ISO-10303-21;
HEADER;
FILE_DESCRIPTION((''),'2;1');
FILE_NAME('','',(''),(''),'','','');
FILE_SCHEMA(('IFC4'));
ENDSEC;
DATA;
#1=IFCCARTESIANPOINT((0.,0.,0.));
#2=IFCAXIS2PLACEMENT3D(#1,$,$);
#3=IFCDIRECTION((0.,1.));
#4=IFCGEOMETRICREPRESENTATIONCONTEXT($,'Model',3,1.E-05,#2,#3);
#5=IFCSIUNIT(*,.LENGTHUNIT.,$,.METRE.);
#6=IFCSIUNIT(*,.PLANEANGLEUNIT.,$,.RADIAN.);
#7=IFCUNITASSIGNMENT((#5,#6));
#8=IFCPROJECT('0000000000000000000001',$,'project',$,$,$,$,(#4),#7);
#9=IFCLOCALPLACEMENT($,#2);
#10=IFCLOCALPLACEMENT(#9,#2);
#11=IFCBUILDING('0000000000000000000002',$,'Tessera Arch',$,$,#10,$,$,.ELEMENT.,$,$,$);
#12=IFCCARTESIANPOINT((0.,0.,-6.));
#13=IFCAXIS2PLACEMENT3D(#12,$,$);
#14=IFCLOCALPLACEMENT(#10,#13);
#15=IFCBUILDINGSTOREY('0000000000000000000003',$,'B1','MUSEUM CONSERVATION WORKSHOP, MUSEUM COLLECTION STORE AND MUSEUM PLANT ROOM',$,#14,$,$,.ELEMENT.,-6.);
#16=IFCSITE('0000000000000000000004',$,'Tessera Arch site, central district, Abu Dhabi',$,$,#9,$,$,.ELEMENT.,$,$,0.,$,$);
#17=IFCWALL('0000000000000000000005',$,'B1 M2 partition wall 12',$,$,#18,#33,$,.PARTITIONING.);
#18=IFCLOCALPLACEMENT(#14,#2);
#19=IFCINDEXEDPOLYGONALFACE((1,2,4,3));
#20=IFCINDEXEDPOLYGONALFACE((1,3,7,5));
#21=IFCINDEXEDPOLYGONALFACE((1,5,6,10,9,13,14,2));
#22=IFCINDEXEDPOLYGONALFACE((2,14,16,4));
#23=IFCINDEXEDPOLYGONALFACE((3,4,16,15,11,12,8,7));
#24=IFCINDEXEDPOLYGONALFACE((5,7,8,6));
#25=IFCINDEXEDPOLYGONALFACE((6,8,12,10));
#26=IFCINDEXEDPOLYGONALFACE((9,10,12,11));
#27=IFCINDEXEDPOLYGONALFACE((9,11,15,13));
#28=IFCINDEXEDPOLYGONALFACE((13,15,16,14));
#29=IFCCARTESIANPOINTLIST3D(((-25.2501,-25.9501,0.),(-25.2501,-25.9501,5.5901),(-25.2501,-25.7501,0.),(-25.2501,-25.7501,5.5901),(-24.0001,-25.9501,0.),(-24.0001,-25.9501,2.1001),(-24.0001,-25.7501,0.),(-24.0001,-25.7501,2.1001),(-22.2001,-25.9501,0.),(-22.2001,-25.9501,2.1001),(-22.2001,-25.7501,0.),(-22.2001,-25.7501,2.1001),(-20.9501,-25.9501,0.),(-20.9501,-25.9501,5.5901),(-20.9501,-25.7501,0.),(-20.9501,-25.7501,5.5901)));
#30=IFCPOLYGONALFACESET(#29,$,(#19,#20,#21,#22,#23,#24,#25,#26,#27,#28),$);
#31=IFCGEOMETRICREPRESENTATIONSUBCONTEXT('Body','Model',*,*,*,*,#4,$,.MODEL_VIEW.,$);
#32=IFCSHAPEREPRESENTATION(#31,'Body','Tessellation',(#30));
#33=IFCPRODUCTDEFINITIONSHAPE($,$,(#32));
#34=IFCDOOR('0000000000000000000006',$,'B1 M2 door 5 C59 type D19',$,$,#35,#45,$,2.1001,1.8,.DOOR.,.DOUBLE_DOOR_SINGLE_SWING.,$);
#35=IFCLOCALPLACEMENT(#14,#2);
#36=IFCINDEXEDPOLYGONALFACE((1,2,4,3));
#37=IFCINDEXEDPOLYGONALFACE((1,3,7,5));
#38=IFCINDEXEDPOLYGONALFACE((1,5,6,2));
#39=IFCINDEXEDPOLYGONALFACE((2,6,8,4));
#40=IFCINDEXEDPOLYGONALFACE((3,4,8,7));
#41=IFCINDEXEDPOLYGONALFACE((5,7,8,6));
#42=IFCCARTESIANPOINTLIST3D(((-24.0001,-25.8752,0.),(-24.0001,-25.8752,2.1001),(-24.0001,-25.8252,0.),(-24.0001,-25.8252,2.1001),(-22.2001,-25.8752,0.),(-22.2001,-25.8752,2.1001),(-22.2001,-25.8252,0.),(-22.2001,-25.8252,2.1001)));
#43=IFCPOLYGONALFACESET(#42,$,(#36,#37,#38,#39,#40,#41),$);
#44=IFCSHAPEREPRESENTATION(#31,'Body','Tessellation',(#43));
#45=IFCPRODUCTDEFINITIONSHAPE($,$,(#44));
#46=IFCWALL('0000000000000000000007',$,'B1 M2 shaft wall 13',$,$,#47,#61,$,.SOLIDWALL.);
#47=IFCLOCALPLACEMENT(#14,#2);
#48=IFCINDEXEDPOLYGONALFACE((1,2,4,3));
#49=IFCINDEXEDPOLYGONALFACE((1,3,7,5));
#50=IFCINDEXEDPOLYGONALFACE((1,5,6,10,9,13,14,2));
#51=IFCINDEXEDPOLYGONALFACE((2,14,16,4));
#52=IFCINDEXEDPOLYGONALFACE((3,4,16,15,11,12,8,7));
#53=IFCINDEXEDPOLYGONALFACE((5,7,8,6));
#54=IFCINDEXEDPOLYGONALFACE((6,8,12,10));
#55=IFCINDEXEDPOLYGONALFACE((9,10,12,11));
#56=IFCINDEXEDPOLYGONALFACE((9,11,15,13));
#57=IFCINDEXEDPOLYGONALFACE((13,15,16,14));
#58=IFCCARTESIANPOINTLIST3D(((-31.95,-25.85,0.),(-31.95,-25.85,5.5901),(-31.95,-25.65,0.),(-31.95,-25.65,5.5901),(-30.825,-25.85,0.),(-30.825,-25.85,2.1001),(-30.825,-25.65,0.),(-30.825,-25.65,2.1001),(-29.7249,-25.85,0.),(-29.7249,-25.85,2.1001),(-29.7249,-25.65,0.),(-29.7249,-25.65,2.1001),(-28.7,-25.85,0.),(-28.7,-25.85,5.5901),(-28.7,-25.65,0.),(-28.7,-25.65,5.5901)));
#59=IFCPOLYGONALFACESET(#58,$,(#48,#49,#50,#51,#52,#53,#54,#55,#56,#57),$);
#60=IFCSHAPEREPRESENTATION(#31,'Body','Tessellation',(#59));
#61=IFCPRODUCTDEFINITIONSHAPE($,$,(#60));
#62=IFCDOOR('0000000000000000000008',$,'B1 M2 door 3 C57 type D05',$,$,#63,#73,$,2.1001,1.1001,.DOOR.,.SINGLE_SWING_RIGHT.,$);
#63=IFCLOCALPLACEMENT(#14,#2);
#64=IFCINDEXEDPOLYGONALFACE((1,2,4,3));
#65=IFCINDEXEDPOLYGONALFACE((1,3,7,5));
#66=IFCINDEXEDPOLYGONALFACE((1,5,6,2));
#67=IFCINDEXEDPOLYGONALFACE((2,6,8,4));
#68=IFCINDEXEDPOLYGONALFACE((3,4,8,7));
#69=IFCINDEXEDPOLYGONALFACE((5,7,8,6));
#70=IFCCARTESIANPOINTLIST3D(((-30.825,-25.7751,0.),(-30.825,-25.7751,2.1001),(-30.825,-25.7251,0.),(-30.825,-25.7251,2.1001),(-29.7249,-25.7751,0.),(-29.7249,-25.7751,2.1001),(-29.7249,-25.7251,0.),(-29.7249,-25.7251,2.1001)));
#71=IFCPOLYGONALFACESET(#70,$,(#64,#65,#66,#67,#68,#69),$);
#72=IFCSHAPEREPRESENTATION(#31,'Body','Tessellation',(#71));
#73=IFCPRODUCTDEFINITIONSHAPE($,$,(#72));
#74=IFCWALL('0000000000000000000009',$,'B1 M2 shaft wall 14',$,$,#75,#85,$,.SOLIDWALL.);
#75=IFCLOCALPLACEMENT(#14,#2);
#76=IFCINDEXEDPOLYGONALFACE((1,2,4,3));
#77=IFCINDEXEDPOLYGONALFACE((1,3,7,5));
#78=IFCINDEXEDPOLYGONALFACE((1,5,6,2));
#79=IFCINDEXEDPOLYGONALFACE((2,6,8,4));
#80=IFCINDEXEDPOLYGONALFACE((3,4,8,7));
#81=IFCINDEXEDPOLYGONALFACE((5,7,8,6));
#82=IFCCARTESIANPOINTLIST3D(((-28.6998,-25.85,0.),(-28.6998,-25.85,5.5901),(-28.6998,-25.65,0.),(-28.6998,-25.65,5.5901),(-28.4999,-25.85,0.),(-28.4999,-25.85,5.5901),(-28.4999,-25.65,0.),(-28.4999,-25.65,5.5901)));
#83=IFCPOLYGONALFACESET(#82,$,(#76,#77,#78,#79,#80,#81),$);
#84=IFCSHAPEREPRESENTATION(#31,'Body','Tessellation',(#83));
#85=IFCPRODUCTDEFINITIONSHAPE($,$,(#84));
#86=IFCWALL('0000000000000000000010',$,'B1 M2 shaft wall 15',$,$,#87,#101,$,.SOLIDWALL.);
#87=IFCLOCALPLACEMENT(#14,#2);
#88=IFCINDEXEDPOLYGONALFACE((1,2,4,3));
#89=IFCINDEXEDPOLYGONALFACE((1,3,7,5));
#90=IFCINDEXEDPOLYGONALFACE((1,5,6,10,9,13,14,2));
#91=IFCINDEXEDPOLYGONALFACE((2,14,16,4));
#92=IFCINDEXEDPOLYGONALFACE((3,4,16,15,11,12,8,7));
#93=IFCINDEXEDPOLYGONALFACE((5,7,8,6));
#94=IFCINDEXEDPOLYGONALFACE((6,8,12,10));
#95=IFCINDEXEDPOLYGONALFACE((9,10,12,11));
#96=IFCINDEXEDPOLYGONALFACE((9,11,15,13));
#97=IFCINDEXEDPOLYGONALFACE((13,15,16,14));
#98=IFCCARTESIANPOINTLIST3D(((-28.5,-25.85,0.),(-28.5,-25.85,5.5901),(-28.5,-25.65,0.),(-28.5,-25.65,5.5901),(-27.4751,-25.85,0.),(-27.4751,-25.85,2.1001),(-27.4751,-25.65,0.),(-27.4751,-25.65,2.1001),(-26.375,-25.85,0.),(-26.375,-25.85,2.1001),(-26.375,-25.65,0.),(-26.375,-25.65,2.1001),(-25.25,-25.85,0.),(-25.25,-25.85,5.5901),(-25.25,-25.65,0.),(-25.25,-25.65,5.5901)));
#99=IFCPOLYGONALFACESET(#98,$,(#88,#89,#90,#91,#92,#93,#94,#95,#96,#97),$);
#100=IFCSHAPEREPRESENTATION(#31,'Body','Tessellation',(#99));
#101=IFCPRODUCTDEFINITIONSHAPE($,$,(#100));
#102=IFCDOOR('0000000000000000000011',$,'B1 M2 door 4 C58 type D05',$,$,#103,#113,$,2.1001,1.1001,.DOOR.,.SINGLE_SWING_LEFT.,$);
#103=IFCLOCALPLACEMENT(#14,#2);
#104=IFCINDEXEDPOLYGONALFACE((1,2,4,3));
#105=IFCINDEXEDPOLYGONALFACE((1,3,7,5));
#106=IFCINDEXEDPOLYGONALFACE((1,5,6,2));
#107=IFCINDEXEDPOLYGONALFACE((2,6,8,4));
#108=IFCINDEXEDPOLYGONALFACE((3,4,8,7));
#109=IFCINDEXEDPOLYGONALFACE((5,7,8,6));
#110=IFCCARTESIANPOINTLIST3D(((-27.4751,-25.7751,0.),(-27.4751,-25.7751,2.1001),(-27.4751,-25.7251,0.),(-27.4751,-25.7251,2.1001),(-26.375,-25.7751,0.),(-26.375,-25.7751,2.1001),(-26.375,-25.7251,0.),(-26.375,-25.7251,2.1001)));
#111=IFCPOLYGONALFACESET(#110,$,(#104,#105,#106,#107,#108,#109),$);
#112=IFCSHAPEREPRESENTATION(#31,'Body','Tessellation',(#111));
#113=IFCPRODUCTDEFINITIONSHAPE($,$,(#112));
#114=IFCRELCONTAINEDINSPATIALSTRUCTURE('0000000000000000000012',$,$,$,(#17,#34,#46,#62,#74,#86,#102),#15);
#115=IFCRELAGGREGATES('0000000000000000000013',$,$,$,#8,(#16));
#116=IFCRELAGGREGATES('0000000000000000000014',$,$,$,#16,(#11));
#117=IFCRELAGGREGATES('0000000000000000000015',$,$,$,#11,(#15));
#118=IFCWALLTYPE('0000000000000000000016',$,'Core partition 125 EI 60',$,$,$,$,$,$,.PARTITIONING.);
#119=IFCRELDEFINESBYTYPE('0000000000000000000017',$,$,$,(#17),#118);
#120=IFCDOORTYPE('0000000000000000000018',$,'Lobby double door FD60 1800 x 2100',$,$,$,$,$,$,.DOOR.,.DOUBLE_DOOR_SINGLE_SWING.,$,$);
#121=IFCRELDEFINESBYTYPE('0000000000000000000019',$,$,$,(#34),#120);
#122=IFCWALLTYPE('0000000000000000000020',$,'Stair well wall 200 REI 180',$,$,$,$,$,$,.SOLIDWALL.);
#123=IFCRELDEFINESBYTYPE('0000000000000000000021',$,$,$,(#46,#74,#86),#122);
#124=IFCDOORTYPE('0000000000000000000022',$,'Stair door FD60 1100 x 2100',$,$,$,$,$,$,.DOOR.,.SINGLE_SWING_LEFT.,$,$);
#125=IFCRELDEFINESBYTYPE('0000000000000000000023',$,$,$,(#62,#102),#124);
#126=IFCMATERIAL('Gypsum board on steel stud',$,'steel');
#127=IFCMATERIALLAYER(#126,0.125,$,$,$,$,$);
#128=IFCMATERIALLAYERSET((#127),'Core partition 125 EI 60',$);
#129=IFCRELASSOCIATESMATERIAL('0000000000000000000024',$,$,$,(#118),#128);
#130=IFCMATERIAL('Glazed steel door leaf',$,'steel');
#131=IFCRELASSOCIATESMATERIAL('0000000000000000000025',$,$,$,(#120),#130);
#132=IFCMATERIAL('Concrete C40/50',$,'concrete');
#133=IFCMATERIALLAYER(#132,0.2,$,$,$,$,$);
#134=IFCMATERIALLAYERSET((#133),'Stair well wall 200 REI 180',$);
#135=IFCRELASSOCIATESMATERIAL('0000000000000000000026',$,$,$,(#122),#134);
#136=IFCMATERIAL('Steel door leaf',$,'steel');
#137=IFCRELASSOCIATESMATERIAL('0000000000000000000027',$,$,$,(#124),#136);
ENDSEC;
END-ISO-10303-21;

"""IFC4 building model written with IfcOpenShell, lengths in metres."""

from ifc_helpers import new_model, si_unit, direction, frame, frame_2d, origin, place, context, subcontext, project, spatial, rectangle, extrude, material, layer, layer_set, type_object, element, fill, save


model = new_model("IFC4")

# Units and contexts
model_context = context("Model", 3, precision=1e-05, world=origin(), true_north=direction((0.0, 1.0)))
body_context = subcontext(model_context, "Body", "Model", "MODEL_VIEW")
ifc_project = project(units=[si_unit("LENGTHUNIT", "METRE"), si_unit("PLANEANGLEUNIT", "RADIAN")], contexts=[model_context])

# Site, building, storey
site_placement = place(None, origin())
site = spatial("IfcSite", under=ifc_project, at=site_placement, Name="Tessera Arch site, central district, Abu Dhabi", CompositionType="ELEMENT", RefElevation=0.0)
building_placement = place(site_placement, origin())
building = spatial("IfcBuilding", under=site, at=building_placement, Name="Tessera Arch", CompositionType="ELEMENT")
storey_placement = place(building_placement, frame((0.0, 0.0, -6.0)))
storey = spatial("IfcBuildingStorey", under=building, at=storey_placement, Name="B1", Description="MUSEUM CONSERVATION WORKSHOP, MUSEUM COLLECTION STORE AND MUSEUM PLANT ROOM", CompositionType="ELEMENT", Elevation=-6.0)

# Walls, openings, doors
ifc_material_1 = material(Name="Gypsum board on steel stud", Category="steel")
ifc_layer_1 = layer(ifc_material_1, 0.125)
ifc_layer_set_1 = layer_set([ifc_layer_1], Name="Core partition 125 EI 60")
wall_type_1 = type_object("IfcWallType", Name="Core partition 125 EI 60", PredefinedType="PARTITIONING", material=ifc_layer_set_1)
wall_1_placement = place(storey_placement, frame((-25.25, -25.8501, 0.0), z_axis=(0.0, 0.0, 1.0), x_axis=(1.0, 0.0, 0.0)))
wall_1 = element("IfcWall", 1, at=wall_1_placement, inside=storey, type_object=wall_type_1, Name="B1 M2 partition wall 12", PredefinedType="PARTITIONING", context=body_context, shape_type="SweptSolid", body=[
    extrude(rectangle(XDim=4.3, YDim=0.2, at=frame_2d((2.1499, 0.0))), origin(), (0.0, 0.0, 1.0), 5.5901),
])
opening_1_placement = place(wall_1_placement, frame((1.25, 0.0, 0.0)))
opening_1 = element("IfcOpeningElement", 2, at=opening_1_placement, cuts=wall_1, PredefinedType="OPENING", context=body_context, shape_type="SweptSolid", body=[
    extrude(rectangle(XDim=1.8, YDim=2.1001, at=frame_2d((0.8999, 1.05))), frame((0.0, 0.1099, 0.0), z_axis=(0.0, -1.0, 0.0), x_axis=(1.0, 0.0, 0.0)), (0.0, 0.0, 1.0), 0.22),
])
ifc_material_2 = material(Name="Glazed steel door leaf", Category="steel")
door_type_1 = type_object("IfcDoorType", Name="Lobby double door FD60 1800 x 2100", OperationType="DOUBLE_DOOR_SINGLE_SWING", PredefinedType="DOOR", material=ifc_material_2)
door_1_placement = place(opening_1_placement, origin())
door_1 = element("IfcDoor", 3, at=door_1_placement, inside=storey, type_object=door_type_1, Name="B1 M2 door 5 C59 type D19", OperationType="DOUBLE_DOOR_SINGLE_SWING", OverallHeight=2.1001, OverallWidth=1.8, PredefinedType="DOOR", context=body_context, shape_type="SweptSolid", body=[
    extrude(rectangle(XDim=1.8, YDim=2.1001, at=frame_2d((0.8999, 1.05))), frame((0.0, 0.0249, 0.0), z_axis=(0.0, -1.0, 0.0), x_axis=(1.0, 0.0, 0.0)), (0.0, 0.0, 1.0), 0.05),
])
fill(opening_1, door_1)
ifc_material_3 = material(Name="Concrete C40/50", Category="concrete")
ifc_layer_2 = layer(ifc_material_3, 0.2)
ifc_layer_set_2 = layer_set([ifc_layer_2], Name="Stair well wall 200 REI 180")
wall_type_2 = type_object("IfcWallType", Name="Stair well wall 200 REI 180", PredefinedType="SOLIDWALL", material=ifc_layer_set_2)
wall_2_placement = place(storey_placement, frame((-31.95, -25.75, 0.0), z_axis=(0.0, 0.0, 1.0), x_axis=(1.0, 0.0, 0.0)))
wall_2 = element("IfcWall", 4, at=wall_2_placement, inside=storey, type_object=wall_type_2, Name="B1 M2 shaft wall 13", PredefinedType="SOLIDWALL", context=body_context, shape_type="SweptSolid", body=[
    extrude(rectangle(XDim=3.25, YDim=0.2, at=frame_2d((1.625, 0.0))), origin(), (0.0, 0.0, 1.0), 5.5901),
])
opening_2_placement = place(wall_2_placement, frame((1.125, 0.0, 0.0)))
opening_2 = element("IfcOpeningElement", 5, at=opening_2_placement, cuts=wall_2, PredefinedType="OPENING", context=body_context, shape_type="SweptSolid", body=[
    extrude(rectangle(XDim=1.1001, YDim=2.1001, at=frame_2d((0.55, 1.05))), frame((0.0, 0.1099, 0.0), z_axis=(0.0, -1.0, 0.0), x_axis=(1.0, 0.0, 0.0)), (0.0, 0.0, 1.0), 0.22),
])
ifc_material_4 = material(Name="Steel door leaf", Category="steel")
door_type_2 = type_object("IfcDoorType", Name="Stair door FD60 1100 x 2100", OperationType="SINGLE_SWING_LEFT", PredefinedType="DOOR", material=ifc_material_4)
door_2_placement = place(opening_2_placement, origin())
door_2 = element("IfcDoor", 6, at=door_2_placement, inside=storey, type_object=door_type_2, Name="B1 M2 door 3 C57 type D05", OperationType="SINGLE_SWING_RIGHT", OverallHeight=2.1001, OverallWidth=1.1001, PredefinedType="DOOR", context=body_context, shape_type="SweptSolid", body=[
    extrude(rectangle(XDim=1.1001, YDim=2.1001, at=frame_2d((0.55, 1.05))), frame((0.0, 0.0249, 0.0), z_axis=(0.0, -1.0, 0.0), x_axis=(1.0, 0.0, 0.0)), (0.0, 0.0, 1.0), 0.05),
])
fill(opening_2, door_2)

# Wall
wall_3_placement = place(storey_placement, frame((-28.7, -25.75, 0.0), z_axis=(0.0, 0.0, 1.0), x_axis=(1.0, 0.0, 0.0)))
element("IfcWall", 7, at=wall_3_placement, inside=storey, type_object=wall_type_2, Name="B1 M2 shaft wall 14", PredefinedType="SOLIDWALL", context=body_context, shape_type="SweptSolid", body=[
    extrude(rectangle(XDim=0.2, YDim=0.2, at=frame_2d((0.1001, 0.0))), origin(), (0.0, 0.0, 1.0), 5.5901),
])

# Wall, opening, door
wall_4_placement = place(storey_placement, frame((-28.5, -25.75, 0.0), z_axis=(0.0, 0.0, 1.0), x_axis=(1.0, 0.0, 0.0)))
wall_4 = element("IfcWall", 8, at=wall_4_placement, inside=storey, type_object=wall_type_2, Name="B1 M2 shaft wall 15", PredefinedType="SOLIDWALL", context=body_context, shape_type="SweptSolid", body=[
    extrude(rectangle(XDim=3.25, YDim=0.2, at=frame_2d((1.625, 0.0))), origin(), (0.0, 0.0, 1.0), 5.5901),
])
opening_3_placement = place(wall_4_placement, frame((1.0249, 0.0, 0.0)))
opening_3 = element("IfcOpeningElement", 9, at=opening_3_placement, cuts=wall_4, PredefinedType="OPENING", context=body_context, shape_type="SweptSolid", body=[
    extrude(rectangle(XDim=1.1001, YDim=2.1001, at=frame_2d((0.55, 1.05))), frame((0.0, 0.1099, 0.0), z_axis=(0.0, -1.0, 0.0), x_axis=(1.0, 0.0, 0.0)), (0.0, 0.0, 1.0), 0.22),
])
door_3_placement = place(opening_3_placement, origin())
door_3 = element("IfcDoor", 10, at=door_3_placement, inside=storey, type_object=door_type_2, Name="B1 M2 door 4 C58 type D05", OperationType="SINGLE_SWING_LEFT", OverallHeight=2.1001, OverallWidth=1.1001, PredefinedType="DOOR", context=body_context, shape_type="SweptSolid", body=[
    extrude(rectangle(XDim=1.1001, YDim=2.1001, at=frame_2d((0.55, 1.05))), frame((0.0, 0.0249, 0.0), z_axis=(0.0, -1.0, 0.0), x_axis=(1.0, 0.0, 0.0)), (0.0, 0.0, 1.0), 0.05),
])
fill(opening_3, door_3)

save(model, "model.ifc")
